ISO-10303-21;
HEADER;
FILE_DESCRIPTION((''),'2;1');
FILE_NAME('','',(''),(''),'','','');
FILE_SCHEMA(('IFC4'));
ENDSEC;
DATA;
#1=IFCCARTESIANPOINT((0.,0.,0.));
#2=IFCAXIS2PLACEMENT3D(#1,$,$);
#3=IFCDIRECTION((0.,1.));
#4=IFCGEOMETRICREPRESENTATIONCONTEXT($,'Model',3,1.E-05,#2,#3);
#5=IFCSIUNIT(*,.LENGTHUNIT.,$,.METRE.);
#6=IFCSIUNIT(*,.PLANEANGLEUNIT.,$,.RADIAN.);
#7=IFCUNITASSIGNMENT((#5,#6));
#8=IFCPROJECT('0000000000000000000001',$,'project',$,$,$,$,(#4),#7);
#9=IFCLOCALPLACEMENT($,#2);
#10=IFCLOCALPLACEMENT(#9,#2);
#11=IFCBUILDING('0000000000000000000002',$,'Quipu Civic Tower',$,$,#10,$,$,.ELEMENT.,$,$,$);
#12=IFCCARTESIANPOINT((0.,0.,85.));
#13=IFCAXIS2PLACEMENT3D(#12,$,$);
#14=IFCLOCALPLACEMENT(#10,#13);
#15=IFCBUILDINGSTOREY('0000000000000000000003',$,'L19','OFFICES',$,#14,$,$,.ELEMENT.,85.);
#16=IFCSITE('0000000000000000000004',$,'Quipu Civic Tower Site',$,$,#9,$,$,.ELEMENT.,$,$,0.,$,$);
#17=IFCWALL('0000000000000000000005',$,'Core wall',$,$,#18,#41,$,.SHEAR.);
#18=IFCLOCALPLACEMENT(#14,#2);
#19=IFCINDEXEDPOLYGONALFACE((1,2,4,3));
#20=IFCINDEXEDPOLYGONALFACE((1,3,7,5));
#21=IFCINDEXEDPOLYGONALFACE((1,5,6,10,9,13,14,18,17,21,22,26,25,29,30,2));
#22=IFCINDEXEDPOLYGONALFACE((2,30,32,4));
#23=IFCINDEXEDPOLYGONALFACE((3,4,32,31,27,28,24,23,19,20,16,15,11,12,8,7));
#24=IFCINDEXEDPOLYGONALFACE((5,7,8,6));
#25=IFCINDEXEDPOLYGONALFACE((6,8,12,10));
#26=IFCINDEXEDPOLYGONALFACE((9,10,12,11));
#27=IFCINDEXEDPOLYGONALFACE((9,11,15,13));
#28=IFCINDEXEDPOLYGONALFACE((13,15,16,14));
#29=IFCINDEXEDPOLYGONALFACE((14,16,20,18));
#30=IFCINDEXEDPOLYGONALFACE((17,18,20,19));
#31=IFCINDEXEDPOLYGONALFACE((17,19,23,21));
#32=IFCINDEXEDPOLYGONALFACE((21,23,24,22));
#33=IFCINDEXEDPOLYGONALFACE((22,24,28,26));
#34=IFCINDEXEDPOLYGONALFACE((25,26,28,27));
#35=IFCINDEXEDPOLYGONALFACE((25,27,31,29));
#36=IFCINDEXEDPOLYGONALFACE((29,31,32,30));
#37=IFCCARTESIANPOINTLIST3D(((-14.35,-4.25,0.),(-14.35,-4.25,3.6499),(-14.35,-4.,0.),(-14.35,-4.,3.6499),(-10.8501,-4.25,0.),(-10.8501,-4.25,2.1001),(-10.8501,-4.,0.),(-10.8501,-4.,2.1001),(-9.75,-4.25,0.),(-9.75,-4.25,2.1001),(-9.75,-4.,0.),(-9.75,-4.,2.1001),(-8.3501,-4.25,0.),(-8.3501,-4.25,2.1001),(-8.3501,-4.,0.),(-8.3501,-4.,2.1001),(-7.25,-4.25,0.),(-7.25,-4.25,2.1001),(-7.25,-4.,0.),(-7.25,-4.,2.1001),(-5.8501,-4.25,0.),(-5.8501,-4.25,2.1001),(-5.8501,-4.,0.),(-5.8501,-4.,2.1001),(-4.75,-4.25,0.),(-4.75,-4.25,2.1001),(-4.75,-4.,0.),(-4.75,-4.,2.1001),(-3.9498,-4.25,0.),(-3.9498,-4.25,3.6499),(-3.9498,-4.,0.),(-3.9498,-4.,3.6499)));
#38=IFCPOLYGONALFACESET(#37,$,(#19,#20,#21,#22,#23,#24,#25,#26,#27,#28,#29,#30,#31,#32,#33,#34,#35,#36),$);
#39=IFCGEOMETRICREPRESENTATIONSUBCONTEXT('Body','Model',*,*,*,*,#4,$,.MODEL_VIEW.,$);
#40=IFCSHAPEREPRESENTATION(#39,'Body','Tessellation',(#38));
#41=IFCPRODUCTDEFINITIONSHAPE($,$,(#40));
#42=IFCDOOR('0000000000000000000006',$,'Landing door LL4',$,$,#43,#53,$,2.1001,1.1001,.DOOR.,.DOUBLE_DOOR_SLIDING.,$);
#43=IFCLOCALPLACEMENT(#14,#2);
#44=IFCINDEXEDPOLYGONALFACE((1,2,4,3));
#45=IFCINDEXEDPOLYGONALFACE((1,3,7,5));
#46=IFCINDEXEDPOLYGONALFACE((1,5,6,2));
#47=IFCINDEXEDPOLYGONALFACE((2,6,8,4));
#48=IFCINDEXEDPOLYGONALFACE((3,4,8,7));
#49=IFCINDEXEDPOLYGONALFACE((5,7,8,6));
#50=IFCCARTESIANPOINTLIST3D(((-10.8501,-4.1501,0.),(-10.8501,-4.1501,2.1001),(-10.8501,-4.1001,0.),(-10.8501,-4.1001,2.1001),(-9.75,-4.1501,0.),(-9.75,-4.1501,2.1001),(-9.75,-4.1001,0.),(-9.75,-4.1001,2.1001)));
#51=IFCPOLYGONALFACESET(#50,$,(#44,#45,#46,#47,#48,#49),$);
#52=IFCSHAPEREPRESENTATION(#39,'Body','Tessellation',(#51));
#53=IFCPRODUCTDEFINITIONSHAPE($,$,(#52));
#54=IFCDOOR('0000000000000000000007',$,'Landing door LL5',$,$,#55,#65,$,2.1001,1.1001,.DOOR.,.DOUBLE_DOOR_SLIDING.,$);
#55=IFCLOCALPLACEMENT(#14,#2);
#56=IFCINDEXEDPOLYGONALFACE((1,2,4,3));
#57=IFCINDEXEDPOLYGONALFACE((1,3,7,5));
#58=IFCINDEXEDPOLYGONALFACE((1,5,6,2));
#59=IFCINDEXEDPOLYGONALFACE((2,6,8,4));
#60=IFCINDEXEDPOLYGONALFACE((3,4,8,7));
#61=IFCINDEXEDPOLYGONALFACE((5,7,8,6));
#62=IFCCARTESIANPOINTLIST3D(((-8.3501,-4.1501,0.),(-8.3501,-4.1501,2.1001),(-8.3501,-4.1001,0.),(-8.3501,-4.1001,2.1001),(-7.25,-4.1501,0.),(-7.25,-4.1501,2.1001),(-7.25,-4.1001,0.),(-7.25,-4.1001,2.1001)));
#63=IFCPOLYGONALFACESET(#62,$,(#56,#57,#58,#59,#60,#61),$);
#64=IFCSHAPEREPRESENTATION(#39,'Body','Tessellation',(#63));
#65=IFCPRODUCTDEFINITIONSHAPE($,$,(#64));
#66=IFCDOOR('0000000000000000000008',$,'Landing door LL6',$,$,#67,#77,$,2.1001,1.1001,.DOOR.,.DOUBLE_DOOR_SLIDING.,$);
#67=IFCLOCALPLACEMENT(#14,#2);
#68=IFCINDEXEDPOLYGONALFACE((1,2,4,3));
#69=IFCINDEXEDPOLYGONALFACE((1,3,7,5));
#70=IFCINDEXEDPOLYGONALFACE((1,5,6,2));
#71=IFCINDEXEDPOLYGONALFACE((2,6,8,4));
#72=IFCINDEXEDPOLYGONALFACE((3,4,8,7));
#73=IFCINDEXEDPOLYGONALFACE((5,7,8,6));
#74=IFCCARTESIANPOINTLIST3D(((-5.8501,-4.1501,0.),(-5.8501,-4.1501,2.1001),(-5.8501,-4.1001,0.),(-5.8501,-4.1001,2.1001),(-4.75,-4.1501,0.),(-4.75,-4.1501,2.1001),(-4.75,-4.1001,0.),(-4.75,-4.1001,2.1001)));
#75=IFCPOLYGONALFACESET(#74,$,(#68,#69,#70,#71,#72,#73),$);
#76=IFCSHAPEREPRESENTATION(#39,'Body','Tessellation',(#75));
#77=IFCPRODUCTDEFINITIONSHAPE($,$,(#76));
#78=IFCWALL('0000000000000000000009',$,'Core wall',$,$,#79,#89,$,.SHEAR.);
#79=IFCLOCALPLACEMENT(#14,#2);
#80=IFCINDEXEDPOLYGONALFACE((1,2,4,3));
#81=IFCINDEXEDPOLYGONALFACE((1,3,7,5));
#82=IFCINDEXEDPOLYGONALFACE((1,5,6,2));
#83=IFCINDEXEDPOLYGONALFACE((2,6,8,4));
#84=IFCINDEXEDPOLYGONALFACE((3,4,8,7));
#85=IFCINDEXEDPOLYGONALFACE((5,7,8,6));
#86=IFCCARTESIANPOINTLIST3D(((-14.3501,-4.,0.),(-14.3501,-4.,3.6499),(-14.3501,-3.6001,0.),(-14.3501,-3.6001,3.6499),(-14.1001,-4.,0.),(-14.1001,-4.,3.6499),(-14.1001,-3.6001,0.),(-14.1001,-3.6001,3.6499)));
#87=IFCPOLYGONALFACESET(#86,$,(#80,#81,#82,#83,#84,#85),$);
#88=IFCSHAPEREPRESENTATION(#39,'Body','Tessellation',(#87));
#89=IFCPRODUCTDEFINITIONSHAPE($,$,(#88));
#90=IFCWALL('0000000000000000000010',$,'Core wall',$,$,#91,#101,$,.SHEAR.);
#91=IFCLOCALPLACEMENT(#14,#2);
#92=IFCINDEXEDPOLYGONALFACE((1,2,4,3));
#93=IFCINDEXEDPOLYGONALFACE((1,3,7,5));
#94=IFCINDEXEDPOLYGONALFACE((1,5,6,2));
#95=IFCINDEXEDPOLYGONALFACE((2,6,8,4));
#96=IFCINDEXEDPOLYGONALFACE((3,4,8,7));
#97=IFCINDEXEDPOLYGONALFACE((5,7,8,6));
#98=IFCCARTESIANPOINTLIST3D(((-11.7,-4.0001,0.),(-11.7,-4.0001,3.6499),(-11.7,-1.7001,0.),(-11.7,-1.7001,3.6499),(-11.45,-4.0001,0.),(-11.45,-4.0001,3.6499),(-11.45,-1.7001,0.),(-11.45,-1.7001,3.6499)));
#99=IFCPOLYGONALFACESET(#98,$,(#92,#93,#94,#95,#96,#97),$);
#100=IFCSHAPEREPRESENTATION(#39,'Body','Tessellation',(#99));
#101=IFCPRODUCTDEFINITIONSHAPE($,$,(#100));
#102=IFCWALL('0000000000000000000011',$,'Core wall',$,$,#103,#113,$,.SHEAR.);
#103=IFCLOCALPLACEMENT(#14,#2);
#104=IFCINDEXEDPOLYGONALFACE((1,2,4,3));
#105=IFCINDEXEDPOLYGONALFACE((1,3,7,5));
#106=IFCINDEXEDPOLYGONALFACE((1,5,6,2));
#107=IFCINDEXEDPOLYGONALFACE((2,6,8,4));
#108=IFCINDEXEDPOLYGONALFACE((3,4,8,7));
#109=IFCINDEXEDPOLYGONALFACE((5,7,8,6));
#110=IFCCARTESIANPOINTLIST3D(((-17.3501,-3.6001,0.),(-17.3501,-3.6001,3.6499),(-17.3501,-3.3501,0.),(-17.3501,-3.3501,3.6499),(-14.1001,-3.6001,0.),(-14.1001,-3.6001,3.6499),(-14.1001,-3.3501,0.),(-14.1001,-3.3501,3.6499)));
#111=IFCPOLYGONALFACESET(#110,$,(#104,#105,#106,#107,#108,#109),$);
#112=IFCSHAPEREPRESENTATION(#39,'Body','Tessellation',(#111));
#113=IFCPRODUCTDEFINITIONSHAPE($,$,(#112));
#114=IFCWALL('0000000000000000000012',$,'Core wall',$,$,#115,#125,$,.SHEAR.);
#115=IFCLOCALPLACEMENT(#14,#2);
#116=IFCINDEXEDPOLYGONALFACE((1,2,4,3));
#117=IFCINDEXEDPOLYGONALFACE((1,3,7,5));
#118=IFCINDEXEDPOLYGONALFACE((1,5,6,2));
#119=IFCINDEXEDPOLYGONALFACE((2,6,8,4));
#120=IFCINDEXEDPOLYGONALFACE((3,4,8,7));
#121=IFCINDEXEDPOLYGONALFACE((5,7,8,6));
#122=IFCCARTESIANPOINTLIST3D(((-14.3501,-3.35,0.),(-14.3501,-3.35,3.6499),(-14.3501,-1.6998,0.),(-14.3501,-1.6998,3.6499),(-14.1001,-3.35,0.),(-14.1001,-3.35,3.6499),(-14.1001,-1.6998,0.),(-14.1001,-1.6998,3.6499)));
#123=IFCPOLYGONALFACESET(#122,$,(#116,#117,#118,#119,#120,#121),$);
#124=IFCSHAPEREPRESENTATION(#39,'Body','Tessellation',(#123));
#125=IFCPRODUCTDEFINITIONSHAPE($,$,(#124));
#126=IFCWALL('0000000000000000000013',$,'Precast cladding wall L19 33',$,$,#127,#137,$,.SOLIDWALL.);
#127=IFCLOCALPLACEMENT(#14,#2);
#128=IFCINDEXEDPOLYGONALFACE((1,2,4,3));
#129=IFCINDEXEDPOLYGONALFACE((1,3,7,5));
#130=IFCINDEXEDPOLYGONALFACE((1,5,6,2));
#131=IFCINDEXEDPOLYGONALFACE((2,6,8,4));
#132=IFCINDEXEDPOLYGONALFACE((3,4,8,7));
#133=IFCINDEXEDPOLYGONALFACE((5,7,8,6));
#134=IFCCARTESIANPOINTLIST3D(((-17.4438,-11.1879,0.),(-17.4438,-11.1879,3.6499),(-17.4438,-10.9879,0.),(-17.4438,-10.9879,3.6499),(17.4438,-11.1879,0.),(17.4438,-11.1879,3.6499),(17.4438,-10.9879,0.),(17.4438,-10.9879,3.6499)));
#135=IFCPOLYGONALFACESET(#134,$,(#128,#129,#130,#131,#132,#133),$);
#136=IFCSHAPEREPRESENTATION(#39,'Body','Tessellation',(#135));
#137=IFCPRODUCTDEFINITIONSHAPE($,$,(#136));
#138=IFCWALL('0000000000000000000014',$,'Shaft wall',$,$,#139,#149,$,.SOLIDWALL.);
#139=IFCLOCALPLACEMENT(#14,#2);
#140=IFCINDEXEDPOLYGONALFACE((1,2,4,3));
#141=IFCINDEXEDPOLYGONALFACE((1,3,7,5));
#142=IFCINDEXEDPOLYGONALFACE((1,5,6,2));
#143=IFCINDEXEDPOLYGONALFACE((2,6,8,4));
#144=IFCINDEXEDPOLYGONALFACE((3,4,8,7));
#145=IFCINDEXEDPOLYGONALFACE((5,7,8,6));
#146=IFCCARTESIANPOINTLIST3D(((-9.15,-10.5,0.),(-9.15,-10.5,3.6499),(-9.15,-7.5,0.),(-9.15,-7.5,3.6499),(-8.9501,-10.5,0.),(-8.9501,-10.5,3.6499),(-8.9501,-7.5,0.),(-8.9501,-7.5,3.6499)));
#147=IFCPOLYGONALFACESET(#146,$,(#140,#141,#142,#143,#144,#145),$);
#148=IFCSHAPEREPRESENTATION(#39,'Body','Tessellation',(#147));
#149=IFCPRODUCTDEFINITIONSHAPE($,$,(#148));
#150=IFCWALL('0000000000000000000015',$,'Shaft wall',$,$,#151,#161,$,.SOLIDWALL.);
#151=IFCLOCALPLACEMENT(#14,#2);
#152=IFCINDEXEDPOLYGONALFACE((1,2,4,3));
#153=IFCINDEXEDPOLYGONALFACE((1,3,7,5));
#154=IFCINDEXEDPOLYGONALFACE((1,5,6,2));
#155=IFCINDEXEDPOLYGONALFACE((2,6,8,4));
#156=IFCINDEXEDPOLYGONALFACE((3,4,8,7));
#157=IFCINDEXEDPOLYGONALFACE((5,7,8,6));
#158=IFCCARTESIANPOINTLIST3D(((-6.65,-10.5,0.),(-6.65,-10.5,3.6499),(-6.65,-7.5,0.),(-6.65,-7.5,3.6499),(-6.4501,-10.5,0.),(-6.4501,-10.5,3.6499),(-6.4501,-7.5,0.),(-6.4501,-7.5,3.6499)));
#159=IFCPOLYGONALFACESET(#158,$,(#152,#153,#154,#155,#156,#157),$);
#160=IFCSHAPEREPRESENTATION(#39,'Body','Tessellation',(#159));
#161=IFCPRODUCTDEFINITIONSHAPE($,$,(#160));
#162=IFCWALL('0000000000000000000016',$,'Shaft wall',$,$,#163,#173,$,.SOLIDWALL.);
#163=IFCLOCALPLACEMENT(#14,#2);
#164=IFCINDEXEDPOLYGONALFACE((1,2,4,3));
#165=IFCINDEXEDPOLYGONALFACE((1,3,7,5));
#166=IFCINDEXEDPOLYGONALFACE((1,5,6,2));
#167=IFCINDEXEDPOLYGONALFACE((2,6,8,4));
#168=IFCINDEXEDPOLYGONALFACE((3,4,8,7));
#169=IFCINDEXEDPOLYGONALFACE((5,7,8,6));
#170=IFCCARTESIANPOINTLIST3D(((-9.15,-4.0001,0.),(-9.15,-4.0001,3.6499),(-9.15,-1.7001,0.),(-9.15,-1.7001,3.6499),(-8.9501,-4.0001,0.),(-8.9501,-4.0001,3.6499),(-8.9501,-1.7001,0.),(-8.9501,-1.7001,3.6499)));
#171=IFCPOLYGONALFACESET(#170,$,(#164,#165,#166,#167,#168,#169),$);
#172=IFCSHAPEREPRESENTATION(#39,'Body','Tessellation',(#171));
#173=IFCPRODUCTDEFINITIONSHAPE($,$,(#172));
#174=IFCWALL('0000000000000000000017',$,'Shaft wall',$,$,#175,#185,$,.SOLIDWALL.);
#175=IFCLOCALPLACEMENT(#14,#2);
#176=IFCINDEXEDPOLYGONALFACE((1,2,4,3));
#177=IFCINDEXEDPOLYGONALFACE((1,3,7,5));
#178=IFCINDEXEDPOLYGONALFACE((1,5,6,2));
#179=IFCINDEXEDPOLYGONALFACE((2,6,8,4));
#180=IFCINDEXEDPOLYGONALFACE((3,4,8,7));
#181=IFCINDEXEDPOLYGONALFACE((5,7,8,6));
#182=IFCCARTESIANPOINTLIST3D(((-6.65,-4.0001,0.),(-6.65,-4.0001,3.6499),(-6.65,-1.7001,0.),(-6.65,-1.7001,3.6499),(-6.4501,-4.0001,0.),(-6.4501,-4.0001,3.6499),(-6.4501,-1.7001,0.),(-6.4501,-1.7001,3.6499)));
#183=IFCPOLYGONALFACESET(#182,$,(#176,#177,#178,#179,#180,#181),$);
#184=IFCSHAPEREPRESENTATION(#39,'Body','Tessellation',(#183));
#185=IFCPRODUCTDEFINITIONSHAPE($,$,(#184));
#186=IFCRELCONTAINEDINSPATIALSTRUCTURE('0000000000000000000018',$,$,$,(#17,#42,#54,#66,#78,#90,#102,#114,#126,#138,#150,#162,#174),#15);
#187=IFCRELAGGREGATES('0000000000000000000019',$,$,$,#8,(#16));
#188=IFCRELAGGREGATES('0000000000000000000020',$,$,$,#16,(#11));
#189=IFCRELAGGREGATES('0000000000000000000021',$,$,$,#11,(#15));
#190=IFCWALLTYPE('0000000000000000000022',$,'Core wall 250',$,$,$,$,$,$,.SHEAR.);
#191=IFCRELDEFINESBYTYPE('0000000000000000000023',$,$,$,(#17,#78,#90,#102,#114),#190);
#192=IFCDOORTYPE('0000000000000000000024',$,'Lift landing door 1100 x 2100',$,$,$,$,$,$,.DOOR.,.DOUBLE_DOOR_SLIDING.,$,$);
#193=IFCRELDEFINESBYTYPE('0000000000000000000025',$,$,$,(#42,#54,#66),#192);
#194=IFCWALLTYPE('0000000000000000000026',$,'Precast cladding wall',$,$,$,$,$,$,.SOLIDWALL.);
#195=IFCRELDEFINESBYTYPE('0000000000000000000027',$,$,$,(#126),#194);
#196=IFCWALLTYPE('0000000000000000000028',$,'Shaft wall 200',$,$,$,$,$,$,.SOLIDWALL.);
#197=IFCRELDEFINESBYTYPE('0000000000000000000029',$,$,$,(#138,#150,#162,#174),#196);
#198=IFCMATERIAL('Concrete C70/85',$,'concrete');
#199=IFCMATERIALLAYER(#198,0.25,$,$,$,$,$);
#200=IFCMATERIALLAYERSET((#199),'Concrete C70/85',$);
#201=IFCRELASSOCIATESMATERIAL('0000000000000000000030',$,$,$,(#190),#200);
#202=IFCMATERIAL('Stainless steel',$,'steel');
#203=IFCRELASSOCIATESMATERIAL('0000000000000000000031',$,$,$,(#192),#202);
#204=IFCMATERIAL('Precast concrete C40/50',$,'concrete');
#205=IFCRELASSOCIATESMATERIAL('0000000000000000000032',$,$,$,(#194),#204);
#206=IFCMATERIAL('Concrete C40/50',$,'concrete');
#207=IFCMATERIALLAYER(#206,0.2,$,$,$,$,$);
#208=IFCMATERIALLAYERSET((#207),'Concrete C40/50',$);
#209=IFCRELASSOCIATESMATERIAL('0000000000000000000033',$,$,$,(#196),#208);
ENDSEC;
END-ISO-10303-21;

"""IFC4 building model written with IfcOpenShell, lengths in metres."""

from ifc_helpers import new_model, si_unit, direction, frame, frame_2d, origin, place, context, subcontext, project, spatial, rectangle, extrude, material, layer, layer_set, type_object, element, fill, save


model = new_model("IFC4")

# Units and contexts
model_context = context("Model", 3, precision=1e-05, world=origin(), true_north=direction((0.0, 1.0)))
body_context = subcontext(model_context, "Body", "Model", "MODEL_VIEW")
ifc_project = project(units=[si_unit("LENGTHUNIT", "METRE"), si_unit("PLANEANGLEUNIT", "RADIAN")], contexts=[model_context])

# Site, building, storey
site_placement = place(None, origin())
site = spatial("IfcSite", under=ifc_project, at=site_placement, Name="Quipu Civic Tower Site", CompositionType="ELEMENT", RefElevation=0.0)
building_placement = place(site_placement, origin())
building = spatial("IfcBuilding", under=site, at=building_placement, Name="Quipu Civic Tower", CompositionType="ELEMENT")
storey_placement = place(building_placement, frame((0.0, 0.0, 85.0)))
storey = spatial("IfcBuildingStorey", under=building, at=storey_placement, Name="L19", Description="OFFICES", CompositionType="ELEMENT", Elevation=85.0)

# Shared definitions
ifc_material_1 = material(Name="Concrete C70/85", Category="concrete")
ifc_layer_1 = layer(ifc_material_1, 0.25)
ifc_layer_set_1 = layer_set([ifc_layer_1], Name="Concrete C70/85")
wall_type_1 = type_object("IfcWallType", Name="Core wall 250", PredefinedType="SHEAR", material=ifc_layer_set_1)

# Wall, openings, doors
wall_1_placement = place(storey_placement, frame((-14.3501, -4.125, 0.0), z_axis=(0.0, 0.0, 1.0), x_axis=(1.0, 0.0, 0.0)))
wall_1 = element("IfcWall", 1, at=wall_1_placement, inside=storey, type_object=wall_type_1, Name="Core wall", PredefinedType="SHEAR", context=body_context, shape_type="SweptSolid", body=[
    extrude(rectangle(XDim=10.4001, YDim=0.25, at=frame_2d((5.2002, 0.0))), origin(), (0.0, 0.0, 1.0), 3.6499),
])
opening_1_placement = place(wall_1_placement, frame((3.5, 0.0, 0.0)))
opening_1 = element("IfcOpeningElement", 2, at=opening_1_placement, cuts=wall_1, PredefinedType="OPENING", context=body_context, shape_type="SweptSolid", body=[
    extrude(rectangle(XDim=1.1001, YDim=2.1001, at=frame_2d((0.55, 1.05))), frame((0.0, 0.135, 0.0), z_axis=(0.0, -1.0, 0.0), x_axis=(1.0, 0.0, 0.0)), (0.0, 0.0, 1.0), 0.27),
])
opening_2_placement = place(wall_1_placement, frame((6.0, 0.0, 0.0)))
opening_2 = element("IfcOpeningElement", 3, at=opening_2_placement, cuts=wall_1, PredefinedType="OPENING", context=body_context, shape_type="SweptSolid", body=[
    extrude(rectangle(XDim=1.1001, YDim=2.1001, at=frame_2d((0.55, 1.05))), frame((0.0, 0.135, 0.0), z_axis=(0.0, -1.0, 0.0), x_axis=(1.0, 0.0, 0.0)), (0.0, 0.0, 1.0), 0.27),
])
opening_3_placement = place(wall_1_placement, frame((8.5, 0.0, 0.0)))
opening_3 = element("IfcOpeningElement", 4, at=opening_3_placement, cuts=wall_1, PredefinedType="OPENING", context=body_context, shape_type="SweptSolid", body=[
    extrude(rectangle(XDim=1.1001, YDim=2.1001, at=frame_2d((0.55, 1.05))), frame((0.0, 0.135, 0.0), z_axis=(0.0, -1.0, 0.0), x_axis=(1.0, 0.0, 0.0)), (0.0, 0.0, 1.0), 0.27),
])
ifc_material_2 = material(Name="Stainless steel", Category="steel")
door_type_1 = type_object("IfcDoorType", Name="Lift landing door 1100 x 2100", OperationType="DOUBLE_DOOR_SLIDING", PredefinedType="DOOR", material=ifc_material_2)
door_1_placement = place(opening_1_placement, origin())
door_1 = element("IfcDoor", 5, at=door_1_placement, inside=storey, type_object=door_type_1, Name="Landing door LL4", OperationType="DOUBLE_DOOR_SLIDING", OverallHeight=2.1001, OverallWidth=1.1001, PredefinedType="DOOR", context=body_context, shape_type="SweptSolid", body=[
    extrude(rectangle(XDim=1.1001, YDim=2.1001, at=frame_2d((0.55, 1.05))), frame((0.0, 0.0249, 0.0), z_axis=(0.0, -1.0, 0.0), x_axis=(1.0, 0.0, 0.0)), (0.0, 0.0, 1.0), 0.05),
])
fill(opening_1, door_1)
door_2_placement = place(opening_2_placement, origin())
door_2 = element("IfcDoor", 6, at=door_2_placement, inside=storey, type_object=door_type_1, Name="Landing door LL5", OperationType="DOUBLE_DOOR_SLIDING", OverallHeight=2.1001, OverallWidth=1.1001, PredefinedType="DOOR", context=body_context, shape_type="SweptSolid", body=[
    extrude(rectangle(XDim=1.1001, YDim=2.1001, at=frame_2d((0.55, 1.05))), frame((0.0, 0.0249, 0.0), z_axis=(0.0, -1.0, 0.0), x_axis=(1.0, 0.0, 0.0)), (0.0, 0.0, 1.0), 0.05),
])
fill(opening_2, door_2)
door_3_placement = place(opening_3_placement, origin())
door_3 = element("IfcDoor", 7, at=door_3_placement, inside=storey, type_object=door_type_1, Name="Landing door LL6", OperationType="DOUBLE_DOOR_SLIDING", OverallHeight=2.1001, OverallWidth=1.1001, PredefinedType="DOOR", context=body_context, shape_type="SweptSolid", body=[
    extrude(rectangle(XDim=1.1001, YDim=2.1001, at=frame_2d((0.55, 1.05))), frame((0.0, 0.0249, 0.0), z_axis=(0.0, -1.0, 0.0), x_axis=(1.0, 0.0, 0.0)), (0.0, 0.0, 1.0), 0.05),
])
fill(opening_3, door_3)

# Walls
wall_2_placement = place(storey_placement, frame((-14.2251, -4.0, 0.0), z_axis=(0.0, 0.0, 1.0), x_axis=(0.0, 1.0, 0.0)))
element("IfcWall", 8, at=wall_2_placement, inside=storey, type_object=wall_type_1, Name="Core wall", PredefinedType="SHEAR", context=body_context, shape_type="SweptSolid", body=[
    extrude(rectangle(XDim=0.3999, YDim=0.25, at=frame_2d((0.2, 0.0))), origin(), (0.0, 0.0, 1.0), 3.6499),
])
wall_3_placement = place(storey_placement, frame((-11.575, -4.0, 0.0), z_axis=(0.0, 0.0, 1.0), x_axis=(0.0, 1.0, 0.0)))
element("IfcWall", 9, at=wall_3_placement, inside=storey, type_object=wall_type_1, Name="Core wall", PredefinedType="SHEAR", context=body_context, shape_type="SweptSolid", body=[
    extrude(rectangle(XDim=2.3, YDim=0.25, at=frame_2d((1.1499, 0.0))), origin(), (0.0, 0.0, 1.0), 3.6499),
])
wall_4_placement = place(storey_placement, frame((-17.3501, -3.4751, 0.0), z_axis=(0.0, 0.0, 1.0), x_axis=(1.0, 0.0, 0.0)))
element("IfcWall", 10, at=wall_4_placement, inside=storey, type_object=wall_type_1, Name="Core wall", PredefinedType="SHEAR", context=body_context, shape_type="SweptSolid", body=[
    extrude(rectangle(XDim=3.25, YDim=0.25, at=frame_2d((1.625, 0.0))), origin(), (0.0, 0.0, 1.0), 3.6499),
])
wall_5_placement = place(storey_placement, frame((-14.2251, -3.3501, 0.0), z_axis=(0.0, 0.0, 1.0), x_axis=(0.0, 1.0, 0.0)))
element("IfcWall", 11, at=wall_5_placement, inside=storey, type_object=wall_type_1, Name="Core wall", PredefinedType="SHEAR", context=body_context, shape_type="SweptSolid", body=[
    extrude(rectangle(XDim=1.6501, YDim=0.25, at=frame_2d((0.8252, 0.0))), origin(), (0.0, 0.0, 1.0), 3.6499),
])
ifc_material_3 = material(Name="Precast concrete C40/50", Category="concrete")
wall_type_2 = type_object("IfcWallType", Name="Precast cladding wall", PredefinedType="SOLIDWALL", material=ifc_material_3)
wall_6_placement = place(storey_placement, frame((-17.4438, -11.0879, 0.0), z_axis=(0.0, 0.0, 1.0), x_axis=(1.0, 0.0, 0.0)))
element("IfcWall", 12, at=wall_6_placement, inside=storey, type_object=wall_type_2, Name="Precast cladding wall L19 33", PredefinedType="SOLIDWALL", context=body_context, shape_type="SweptSolid", body=[
    extrude(rectangle(XDim=34.8877, YDim=0.2, at=frame_2d((17.4438, 0.0))), origin(), (0.0, 0.0, 1.0), 3.6499),
])
ifc_material_4 = material(Name="Concrete C40/50", Category="concrete")
ifc_layer_2 = layer(ifc_material_4, 0.2)
ifc_layer_set_2 = layer_set([ifc_layer_2], Name="Concrete C40/50")
wall_type_3 = type_object("IfcWallType", Name="Shaft wall 200", PredefinedType="SOLIDWALL", material=ifc_layer_set_2)
for number, where, z_axis, x_axis, name in (
    (13, (-9.05, -10.5, 0.0), (0.0, 0.0, 1.0), (0.0, 1.0, 0.0), "Shaft wall"),
    (14, (-6.55, -10.5, 0.0), (0.0, 0.0, 1.0), (0.0, 1.0, 0.0), "Shaft wall"),
):
    element("IfcWall", number, at=place(storey_placement, frame(where, z_axis=z_axis, x_axis=x_axis)), inside=storey, type_object=wall_type_3, Name=name, PredefinedType="SOLIDWALL", context=body_context, shape_type="SweptSolid", body=[
        extrude(rectangle(XDim=3.0, YDim=0.2, at=frame_2d((1.5, 0.0))), origin(), (0.0, 0.0, 1.0), 3.6499),
    ])
for number, where, z_axis, x_axis, name in (
    (15, (-9.05, -4.0, 0.0), (0.0, 0.0, 1.0), (0.0, 1.0, 0.0), "Shaft wall"),
    (16, (-6.55, -4.0, 0.0), (0.0, 0.0, 1.0), (0.0, 1.0, 0.0), "Shaft wall"),
):
    element("IfcWall", number, at=place(storey_placement, frame(where, z_axis=z_axis, x_axis=x_axis)), inside=storey, type_object=wall_type_3, Name=name, PredefinedType="SOLIDWALL", context=body_context, shape_type="SweptSolid", body=[
        extrude(rectangle(XDim=2.3, YDim=0.2, at=frame_2d((1.1499, 0.0))), origin(), (0.0, 0.0, 1.0), 3.6499),
    ])

save(model, "model.ifc")
